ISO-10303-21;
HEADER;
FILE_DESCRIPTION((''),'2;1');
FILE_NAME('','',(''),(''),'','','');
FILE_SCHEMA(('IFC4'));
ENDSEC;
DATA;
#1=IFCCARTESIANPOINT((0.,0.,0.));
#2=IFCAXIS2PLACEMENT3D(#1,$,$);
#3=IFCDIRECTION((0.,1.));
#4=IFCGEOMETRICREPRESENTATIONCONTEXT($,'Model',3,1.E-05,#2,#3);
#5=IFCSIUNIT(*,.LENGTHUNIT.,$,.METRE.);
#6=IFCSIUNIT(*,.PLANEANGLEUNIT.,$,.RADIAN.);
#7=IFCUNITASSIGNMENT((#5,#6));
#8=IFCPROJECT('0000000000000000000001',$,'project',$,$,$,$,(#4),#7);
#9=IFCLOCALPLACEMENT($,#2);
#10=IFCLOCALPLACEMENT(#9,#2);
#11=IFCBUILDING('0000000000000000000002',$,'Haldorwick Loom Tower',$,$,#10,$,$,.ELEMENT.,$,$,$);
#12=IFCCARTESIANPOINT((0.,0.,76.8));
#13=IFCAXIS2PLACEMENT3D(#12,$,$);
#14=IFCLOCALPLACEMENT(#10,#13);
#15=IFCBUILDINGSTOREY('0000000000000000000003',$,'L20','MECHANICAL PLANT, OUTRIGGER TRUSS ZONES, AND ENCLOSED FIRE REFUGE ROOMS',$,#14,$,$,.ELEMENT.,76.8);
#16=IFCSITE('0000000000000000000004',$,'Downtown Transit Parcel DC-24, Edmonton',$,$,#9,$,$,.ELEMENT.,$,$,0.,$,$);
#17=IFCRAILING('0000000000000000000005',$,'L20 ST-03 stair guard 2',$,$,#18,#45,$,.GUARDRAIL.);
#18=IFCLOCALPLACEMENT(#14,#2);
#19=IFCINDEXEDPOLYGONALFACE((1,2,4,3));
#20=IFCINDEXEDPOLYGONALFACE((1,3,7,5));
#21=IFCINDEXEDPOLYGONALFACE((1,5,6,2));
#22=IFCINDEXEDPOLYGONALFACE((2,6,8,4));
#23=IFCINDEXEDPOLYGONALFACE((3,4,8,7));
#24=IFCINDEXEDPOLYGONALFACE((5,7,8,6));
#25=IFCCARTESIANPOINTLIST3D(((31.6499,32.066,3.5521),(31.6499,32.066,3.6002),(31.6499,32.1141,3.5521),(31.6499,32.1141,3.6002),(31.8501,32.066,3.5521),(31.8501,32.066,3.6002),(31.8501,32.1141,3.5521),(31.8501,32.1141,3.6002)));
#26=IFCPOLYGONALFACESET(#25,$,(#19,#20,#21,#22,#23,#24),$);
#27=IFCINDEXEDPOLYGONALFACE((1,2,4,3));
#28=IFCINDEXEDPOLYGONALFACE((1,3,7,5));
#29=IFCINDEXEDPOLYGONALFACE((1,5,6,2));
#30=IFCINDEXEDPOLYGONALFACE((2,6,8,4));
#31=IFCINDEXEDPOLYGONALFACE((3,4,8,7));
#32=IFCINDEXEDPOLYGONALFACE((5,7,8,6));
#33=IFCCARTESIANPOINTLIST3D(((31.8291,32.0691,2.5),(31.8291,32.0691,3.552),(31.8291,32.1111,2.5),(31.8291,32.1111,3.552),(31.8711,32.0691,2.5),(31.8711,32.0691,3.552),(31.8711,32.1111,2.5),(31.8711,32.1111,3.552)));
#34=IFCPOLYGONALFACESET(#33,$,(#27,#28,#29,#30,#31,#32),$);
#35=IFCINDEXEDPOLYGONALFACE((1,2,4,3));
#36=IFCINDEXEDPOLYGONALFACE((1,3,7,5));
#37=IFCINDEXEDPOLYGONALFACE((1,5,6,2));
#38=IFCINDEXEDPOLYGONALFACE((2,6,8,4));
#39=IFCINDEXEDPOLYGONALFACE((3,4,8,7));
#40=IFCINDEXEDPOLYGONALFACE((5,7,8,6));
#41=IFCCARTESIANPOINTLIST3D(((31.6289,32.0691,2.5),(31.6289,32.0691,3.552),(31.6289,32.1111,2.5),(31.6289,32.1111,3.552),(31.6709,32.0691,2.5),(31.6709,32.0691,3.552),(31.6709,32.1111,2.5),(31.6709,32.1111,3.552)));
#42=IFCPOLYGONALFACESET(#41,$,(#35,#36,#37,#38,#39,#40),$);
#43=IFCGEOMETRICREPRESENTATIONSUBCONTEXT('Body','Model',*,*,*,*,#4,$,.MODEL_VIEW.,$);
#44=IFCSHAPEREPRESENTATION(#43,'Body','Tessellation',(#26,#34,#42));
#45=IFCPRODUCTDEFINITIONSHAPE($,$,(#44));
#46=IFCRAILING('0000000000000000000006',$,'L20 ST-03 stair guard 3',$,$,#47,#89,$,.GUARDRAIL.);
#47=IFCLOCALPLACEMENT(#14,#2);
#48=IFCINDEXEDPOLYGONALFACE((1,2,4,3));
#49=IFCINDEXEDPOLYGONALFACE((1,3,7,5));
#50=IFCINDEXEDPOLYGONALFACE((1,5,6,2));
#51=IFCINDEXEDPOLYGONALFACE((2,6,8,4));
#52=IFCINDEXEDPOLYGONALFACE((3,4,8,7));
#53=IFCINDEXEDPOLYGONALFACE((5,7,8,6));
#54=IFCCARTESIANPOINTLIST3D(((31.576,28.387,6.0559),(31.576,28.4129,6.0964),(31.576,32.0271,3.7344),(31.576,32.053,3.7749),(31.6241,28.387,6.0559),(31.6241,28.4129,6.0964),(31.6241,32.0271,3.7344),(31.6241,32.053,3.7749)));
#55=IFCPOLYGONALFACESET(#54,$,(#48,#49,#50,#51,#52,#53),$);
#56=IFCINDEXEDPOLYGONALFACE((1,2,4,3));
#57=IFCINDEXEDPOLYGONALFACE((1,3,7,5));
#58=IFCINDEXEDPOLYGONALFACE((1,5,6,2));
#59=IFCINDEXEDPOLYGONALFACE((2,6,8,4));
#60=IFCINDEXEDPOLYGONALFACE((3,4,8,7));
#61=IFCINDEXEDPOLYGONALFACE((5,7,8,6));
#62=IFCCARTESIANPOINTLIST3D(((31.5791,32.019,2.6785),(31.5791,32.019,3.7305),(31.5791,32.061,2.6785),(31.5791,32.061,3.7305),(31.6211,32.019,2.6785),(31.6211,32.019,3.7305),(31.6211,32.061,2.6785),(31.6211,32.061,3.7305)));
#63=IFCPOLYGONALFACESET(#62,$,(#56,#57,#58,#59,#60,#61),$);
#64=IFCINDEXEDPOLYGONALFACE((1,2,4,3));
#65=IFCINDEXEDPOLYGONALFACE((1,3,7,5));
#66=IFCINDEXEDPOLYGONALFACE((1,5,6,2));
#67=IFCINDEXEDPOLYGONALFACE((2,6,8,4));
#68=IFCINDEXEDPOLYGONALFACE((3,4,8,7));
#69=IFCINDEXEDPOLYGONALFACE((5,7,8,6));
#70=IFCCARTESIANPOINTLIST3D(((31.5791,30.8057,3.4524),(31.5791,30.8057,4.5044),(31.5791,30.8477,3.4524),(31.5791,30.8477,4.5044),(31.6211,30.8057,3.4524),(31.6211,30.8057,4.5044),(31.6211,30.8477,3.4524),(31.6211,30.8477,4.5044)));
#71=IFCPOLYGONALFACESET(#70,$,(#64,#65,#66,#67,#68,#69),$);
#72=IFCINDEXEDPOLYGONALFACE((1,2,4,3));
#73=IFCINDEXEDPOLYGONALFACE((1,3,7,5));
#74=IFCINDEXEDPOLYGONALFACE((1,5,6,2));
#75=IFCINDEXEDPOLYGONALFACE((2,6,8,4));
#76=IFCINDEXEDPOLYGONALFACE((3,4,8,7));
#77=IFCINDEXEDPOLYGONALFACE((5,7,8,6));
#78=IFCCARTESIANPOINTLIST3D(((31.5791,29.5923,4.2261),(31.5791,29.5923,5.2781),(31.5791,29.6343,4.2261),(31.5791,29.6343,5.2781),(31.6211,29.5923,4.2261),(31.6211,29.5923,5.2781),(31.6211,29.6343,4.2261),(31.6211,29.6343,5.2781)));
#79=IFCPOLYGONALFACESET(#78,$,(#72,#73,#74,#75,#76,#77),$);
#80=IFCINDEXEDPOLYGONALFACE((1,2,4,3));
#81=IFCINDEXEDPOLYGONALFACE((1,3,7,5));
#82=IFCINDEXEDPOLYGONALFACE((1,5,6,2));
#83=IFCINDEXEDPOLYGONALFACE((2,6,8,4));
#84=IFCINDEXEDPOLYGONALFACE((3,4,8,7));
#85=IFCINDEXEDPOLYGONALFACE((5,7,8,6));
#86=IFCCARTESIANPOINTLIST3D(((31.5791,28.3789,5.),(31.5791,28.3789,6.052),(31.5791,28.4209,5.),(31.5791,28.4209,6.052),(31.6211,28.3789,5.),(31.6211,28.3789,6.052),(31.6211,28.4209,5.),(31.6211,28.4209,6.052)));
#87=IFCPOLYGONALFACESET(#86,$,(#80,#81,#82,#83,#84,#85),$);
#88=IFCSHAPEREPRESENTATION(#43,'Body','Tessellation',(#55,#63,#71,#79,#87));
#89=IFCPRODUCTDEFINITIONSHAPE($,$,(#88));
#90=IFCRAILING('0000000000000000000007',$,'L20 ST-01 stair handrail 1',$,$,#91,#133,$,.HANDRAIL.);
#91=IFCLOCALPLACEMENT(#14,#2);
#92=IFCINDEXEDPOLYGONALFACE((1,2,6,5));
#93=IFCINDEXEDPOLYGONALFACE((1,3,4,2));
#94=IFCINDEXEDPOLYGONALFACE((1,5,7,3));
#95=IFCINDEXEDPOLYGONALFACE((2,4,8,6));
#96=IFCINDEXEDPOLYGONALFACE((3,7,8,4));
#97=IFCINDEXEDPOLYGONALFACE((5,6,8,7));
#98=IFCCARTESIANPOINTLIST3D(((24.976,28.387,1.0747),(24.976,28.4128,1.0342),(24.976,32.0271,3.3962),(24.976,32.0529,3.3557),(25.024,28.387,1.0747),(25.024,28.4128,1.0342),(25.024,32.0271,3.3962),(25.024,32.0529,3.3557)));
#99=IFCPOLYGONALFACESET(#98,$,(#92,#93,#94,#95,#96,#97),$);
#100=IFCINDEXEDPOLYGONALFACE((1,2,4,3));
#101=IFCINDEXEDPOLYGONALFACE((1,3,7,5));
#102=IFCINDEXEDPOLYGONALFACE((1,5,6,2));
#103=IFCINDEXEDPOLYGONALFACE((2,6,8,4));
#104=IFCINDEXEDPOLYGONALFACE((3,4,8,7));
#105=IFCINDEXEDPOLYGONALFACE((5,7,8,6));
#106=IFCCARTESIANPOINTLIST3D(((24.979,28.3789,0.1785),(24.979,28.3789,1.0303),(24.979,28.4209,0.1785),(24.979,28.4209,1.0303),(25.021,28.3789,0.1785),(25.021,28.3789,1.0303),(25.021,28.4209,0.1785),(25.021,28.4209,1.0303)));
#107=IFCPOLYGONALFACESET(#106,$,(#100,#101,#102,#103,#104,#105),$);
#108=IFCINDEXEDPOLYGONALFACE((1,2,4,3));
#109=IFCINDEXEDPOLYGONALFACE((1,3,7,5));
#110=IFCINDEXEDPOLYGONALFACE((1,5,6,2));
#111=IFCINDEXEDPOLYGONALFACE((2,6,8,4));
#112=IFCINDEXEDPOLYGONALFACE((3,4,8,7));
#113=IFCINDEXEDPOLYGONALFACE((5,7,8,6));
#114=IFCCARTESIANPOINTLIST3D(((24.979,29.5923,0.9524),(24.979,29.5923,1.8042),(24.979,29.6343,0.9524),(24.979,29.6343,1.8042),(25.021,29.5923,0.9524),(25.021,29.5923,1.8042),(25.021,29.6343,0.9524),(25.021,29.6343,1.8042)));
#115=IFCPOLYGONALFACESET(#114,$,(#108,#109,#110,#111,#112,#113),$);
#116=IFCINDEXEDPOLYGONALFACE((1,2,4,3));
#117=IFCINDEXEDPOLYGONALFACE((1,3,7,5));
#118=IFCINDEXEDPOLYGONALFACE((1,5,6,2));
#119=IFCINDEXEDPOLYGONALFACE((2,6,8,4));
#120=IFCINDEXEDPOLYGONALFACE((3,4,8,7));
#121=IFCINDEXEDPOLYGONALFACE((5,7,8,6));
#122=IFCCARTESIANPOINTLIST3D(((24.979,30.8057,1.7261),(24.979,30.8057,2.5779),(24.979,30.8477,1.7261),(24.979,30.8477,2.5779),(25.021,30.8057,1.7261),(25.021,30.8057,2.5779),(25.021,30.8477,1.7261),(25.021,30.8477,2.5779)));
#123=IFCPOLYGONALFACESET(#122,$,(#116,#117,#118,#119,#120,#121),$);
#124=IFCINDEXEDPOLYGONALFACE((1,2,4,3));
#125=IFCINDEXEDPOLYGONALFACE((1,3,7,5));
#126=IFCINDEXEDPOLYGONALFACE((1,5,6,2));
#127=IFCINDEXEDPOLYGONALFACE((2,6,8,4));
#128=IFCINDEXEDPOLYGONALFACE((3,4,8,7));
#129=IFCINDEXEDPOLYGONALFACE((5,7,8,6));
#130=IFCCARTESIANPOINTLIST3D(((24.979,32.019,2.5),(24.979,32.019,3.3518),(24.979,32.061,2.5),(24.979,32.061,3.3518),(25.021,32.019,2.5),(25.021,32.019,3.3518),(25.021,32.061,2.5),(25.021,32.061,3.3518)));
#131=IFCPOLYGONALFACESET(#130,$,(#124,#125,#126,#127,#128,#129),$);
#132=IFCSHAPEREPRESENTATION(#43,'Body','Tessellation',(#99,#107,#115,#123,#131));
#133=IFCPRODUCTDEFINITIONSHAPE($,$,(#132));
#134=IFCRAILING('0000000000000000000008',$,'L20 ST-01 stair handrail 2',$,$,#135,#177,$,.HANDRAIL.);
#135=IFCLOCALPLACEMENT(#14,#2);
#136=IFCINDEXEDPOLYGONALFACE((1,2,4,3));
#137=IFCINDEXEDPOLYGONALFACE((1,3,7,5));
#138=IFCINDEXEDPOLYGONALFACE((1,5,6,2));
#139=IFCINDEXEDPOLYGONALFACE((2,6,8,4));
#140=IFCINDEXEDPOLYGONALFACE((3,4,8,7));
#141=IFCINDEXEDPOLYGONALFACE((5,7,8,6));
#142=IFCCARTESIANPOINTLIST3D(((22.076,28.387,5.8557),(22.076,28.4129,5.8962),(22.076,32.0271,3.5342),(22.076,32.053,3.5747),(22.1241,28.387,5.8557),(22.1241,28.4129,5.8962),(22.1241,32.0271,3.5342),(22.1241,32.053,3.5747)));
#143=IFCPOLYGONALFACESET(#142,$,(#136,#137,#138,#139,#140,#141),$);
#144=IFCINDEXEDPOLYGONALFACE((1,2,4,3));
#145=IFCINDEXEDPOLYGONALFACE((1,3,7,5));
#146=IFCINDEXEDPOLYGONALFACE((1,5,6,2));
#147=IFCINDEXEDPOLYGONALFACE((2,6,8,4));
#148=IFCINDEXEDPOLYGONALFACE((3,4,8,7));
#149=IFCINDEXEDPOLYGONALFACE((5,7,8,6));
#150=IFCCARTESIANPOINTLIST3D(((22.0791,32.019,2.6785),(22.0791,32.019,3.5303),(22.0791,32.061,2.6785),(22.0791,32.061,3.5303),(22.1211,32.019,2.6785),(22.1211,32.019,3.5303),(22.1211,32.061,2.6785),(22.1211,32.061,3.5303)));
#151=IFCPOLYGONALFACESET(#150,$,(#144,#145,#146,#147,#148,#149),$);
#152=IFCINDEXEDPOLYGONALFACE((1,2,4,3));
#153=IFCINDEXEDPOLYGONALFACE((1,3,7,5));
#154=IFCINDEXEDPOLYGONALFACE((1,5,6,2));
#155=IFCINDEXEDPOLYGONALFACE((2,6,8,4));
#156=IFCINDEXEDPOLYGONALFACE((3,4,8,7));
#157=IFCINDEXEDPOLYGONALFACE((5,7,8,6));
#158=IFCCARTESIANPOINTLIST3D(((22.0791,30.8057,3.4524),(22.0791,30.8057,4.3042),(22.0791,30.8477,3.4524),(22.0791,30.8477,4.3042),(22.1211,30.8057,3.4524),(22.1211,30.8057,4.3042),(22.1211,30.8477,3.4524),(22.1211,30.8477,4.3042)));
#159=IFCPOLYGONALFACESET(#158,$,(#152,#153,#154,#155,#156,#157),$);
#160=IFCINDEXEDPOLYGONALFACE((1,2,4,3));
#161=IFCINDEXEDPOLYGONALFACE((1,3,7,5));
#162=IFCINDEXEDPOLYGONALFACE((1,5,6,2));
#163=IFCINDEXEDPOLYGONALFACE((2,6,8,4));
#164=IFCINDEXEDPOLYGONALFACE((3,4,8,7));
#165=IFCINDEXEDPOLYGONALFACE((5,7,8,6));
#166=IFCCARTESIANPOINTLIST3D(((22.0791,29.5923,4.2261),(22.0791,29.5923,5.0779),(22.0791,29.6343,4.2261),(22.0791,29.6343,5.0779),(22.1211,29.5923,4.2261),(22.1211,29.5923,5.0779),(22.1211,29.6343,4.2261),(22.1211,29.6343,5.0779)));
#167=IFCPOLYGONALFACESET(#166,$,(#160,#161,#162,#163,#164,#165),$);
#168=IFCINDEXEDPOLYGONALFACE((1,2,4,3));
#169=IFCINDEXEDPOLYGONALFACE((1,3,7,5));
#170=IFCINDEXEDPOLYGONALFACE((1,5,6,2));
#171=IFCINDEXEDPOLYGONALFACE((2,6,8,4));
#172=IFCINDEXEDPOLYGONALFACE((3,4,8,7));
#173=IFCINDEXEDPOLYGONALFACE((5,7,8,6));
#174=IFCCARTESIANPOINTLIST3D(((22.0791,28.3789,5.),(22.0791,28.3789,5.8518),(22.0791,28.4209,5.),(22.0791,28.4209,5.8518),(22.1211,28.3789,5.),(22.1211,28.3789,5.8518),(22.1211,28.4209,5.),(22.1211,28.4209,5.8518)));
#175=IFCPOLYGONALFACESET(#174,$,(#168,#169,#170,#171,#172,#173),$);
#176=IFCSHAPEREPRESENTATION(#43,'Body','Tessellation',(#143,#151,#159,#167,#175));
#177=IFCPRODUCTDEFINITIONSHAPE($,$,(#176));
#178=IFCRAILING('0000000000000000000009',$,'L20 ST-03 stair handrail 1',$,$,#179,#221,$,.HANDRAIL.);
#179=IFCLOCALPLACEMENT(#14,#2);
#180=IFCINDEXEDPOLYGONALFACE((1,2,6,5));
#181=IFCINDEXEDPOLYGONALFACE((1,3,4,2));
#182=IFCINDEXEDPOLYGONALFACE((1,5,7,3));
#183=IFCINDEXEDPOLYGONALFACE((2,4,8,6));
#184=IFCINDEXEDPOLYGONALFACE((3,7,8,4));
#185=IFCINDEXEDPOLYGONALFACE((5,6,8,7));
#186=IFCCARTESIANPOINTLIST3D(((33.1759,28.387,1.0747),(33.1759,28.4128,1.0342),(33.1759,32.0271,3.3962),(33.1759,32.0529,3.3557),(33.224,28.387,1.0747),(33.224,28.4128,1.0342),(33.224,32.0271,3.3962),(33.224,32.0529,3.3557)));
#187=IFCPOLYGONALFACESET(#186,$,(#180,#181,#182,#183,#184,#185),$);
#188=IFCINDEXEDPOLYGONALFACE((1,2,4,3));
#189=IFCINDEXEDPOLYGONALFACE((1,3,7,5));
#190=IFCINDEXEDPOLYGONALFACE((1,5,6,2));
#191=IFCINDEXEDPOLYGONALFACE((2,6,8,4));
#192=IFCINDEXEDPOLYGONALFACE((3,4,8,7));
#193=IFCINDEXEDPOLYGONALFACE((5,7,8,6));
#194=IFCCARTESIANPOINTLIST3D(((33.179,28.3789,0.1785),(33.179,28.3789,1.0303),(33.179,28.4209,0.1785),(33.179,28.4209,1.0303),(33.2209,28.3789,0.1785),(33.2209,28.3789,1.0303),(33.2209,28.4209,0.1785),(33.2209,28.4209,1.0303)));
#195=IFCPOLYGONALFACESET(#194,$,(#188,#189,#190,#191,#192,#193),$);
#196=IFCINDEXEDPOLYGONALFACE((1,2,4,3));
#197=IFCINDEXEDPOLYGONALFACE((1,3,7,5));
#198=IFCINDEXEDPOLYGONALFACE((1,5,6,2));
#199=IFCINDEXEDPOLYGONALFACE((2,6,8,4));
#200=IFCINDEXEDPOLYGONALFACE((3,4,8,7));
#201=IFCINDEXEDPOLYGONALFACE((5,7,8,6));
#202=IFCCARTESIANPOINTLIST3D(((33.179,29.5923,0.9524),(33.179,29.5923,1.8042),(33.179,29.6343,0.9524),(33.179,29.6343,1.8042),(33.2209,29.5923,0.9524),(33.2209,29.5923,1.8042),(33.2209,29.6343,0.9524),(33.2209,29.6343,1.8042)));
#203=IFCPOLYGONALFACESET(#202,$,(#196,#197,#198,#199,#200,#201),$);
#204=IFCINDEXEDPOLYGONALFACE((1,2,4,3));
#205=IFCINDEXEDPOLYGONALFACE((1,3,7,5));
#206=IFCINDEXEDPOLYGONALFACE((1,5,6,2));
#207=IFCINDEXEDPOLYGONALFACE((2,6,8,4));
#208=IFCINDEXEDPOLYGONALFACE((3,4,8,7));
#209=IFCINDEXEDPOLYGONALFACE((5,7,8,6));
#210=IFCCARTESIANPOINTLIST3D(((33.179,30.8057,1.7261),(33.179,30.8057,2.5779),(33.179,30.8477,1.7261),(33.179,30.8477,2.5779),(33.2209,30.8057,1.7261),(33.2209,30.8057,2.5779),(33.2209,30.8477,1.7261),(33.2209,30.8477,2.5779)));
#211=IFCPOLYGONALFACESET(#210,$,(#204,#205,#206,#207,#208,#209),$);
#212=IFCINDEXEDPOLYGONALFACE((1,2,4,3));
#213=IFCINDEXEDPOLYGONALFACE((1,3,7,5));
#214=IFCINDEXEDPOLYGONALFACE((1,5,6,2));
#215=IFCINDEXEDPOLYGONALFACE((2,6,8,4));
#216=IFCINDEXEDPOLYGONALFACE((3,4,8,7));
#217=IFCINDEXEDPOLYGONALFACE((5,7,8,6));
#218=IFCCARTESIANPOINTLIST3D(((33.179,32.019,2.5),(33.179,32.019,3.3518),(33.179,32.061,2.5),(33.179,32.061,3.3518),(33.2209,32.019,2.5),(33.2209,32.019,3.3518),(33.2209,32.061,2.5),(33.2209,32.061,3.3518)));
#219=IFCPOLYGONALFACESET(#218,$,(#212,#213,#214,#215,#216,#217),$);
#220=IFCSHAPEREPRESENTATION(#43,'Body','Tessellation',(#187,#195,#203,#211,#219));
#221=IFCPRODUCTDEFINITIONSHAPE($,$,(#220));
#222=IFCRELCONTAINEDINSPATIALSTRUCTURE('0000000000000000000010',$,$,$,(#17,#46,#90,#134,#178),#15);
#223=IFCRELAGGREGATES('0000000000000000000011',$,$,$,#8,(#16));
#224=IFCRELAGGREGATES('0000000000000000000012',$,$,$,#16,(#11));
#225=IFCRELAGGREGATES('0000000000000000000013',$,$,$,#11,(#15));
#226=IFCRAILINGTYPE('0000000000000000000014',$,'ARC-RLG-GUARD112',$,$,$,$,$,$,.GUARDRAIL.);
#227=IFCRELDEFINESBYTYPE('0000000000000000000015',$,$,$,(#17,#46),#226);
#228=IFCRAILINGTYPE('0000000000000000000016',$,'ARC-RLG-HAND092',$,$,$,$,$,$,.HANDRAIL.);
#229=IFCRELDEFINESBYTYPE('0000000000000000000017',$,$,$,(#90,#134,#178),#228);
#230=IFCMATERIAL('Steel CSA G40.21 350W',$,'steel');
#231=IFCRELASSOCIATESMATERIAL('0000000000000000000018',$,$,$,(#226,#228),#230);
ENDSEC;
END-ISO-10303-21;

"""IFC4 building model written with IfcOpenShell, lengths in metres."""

from ifc_helpers import new_model, si_unit, direction, frame, origin, origin_2d, place, context, subcontext, project, spatial, rectangle, extrude, material, type_object, element, save


model = new_model("IFC4")

# Units and contexts
model_context = context("Model", 3, precision=1e-05, world=origin(), true_north=direction((0.0, 1.0)))
body_context = subcontext(model_context, "Body", "Model", "MODEL_VIEW")
ifc_project = project(units=[si_unit("LENGTHUNIT", "METRE"), si_unit("PLANEANGLEUNIT", "RADIAN")], contexts=[model_context])

# Site, building, storey
site_placement = place(None, origin())
site = spatial("IfcSite", under=ifc_project, at=site_placement, Name="Downtown Transit Parcel DC-24, Edmonton", CompositionType="ELEMENT", RefElevation=0.0)
building_placement = place(site_placement, origin())
building = spatial("IfcBuilding", under=site, at=building_placement, Name="Haldorwick Loom Tower", CompositionType="ELEMENT")
storey_placement = place(building_placement, frame((0.0, 0.0, 76.8)))
storey = spatial("IfcBuildingStorey", under=building, at=storey_placement, Name="L20", Description="MECHANICAL PLANT, OUTRIGGER TRUSS ZONES, AND ENCLOSED FIRE REFUGE ROOMS", CompositionType="ELEMENT", Elevation=76.8)

# Shared definitions
ifc_material_1 = material(Name="Steel CSA G40.21 350W", Category="steel")

# Railings
railing_type_1 = type_object("IfcRailingType", Name="ARC-RLG-GUARD112", PredefinedType="GUARDRAIL", material=ifc_material_1)
railing_1_placement = place(storey_placement, frame((31.8501, 32.0901, 2.5)))
element("IfcRailing", 1, at=railing_1_placement, inside=storey, type_object=railing_type_1, Name="L20 ST-03 stair guard 2", PredefinedType="GUARDRAIL", context=body_context, shape_type="SweptSolid", body=[
    extrude(rectangle(XDim=0.0481, YDim=0.0481, at=origin_2d()), frame((0.0, 0.0, 1.0762), z_axis=(-1.0, 0.0, 0.0), x_axis=(0.0, -1.0, 0.0)), (0.0, 0.0, 1.0), 0.2002),
    extrude(rectangle(XDim=0.042, YDim=0.042, at=origin_2d()), origin(), (0.0, 0.0, 1.0), 1.052),
    extrude(rectangle(XDim=0.042, YDim=0.042, at=origin_2d()), frame((-0.2002, 0.0, 0.0)), (0.0, 0.0, 1.0), 1.052),
])
railing_2_placement = place(storey_placement, frame((31.6001, 32.04, 2.6785)))
element("IfcRailing", 2, at=railing_2_placement, inside=storey, type_object=railing_type_1, Name="L20 ST-03 stair guard 3", PredefinedType="GUARDRAIL", context=body_context, shape_type="SweptSolid", body=[
    extrude(rectangle(XDim=0.0481, YDim=0.0481, at=origin_2d()), frame((0.0, 0.0, 1.0762), z_axis=(0.0, -0.843128, 0.537713), x_axis=(1.0, 0.0, 0.0)), (0.0, 0.0, 1.0), 4.3174),
    extrude(rectangle(XDim=0.042, YDim=0.042, at=origin_2d()), origin(), (0.0, 0.0, 1.0), 1.052),
    extrude(rectangle(XDim=0.042, YDim=0.042, at=origin_2d()), frame((0.0, -1.2134, 0.7739)), (0.0, 0.0, 1.0), 1.052),
    extrude(rectangle(XDim=0.042, YDim=0.042, at=origin_2d()), frame((0.0, -2.4268, 1.5476)), (0.0, 0.0, 1.0), 1.052),
    extrude(rectangle(XDim=0.042, YDim=0.042, at=origin_2d()), frame((0.0, -3.6401, 2.3215)), (0.0, 0.0, 1.0), 1.052),
])
railing_type_2 = type_object("IfcRailingType", Name="ARC-RLG-HAND092", PredefinedType="HANDRAIL", material=ifc_material_1)
railing_3_placement = place(storey_placement, frame((25.0, 28.3999, 0.1785)))
element("IfcRailing", 3, at=railing_3_placement, inside=storey, type_object=railing_type_2, Name="L20 ST-01 stair handrail 1", PredefinedType="HANDRAIL", context=body_context, shape_type="SweptSolid", body=[
    extrude(rectangle(XDim=0.0481, YDim=0.0481, at=origin_2d()), frame((0.0, 0.0, 0.876), z_axis=(0.0, 0.843128, 0.537713), x_axis=(-1.0, 0.0, 0.0)), (0.0, 0.0, 1.0), 4.3174),
    extrude(rectangle(XDim=0.042, YDim=0.042, at=origin_2d()), origin(), (0.0, 0.0, 1.0), 0.8518),
    extrude(rectangle(XDim=0.042, YDim=0.042, at=origin_2d()), frame((0.0, 1.2134, 0.7739)), (0.0, 0.0, 1.0), 0.8518),
    extrude(rectangle(XDim=0.042, YDim=0.042, at=origin_2d()), frame((0.0, 2.4268, 1.5476)), (0.0, 0.0, 1.0), 0.8518),
    extrude(rectangle(XDim=0.042, YDim=0.042, at=origin_2d()), frame((0.0, 3.6401, 2.3215)), (0.0, 0.0, 1.0), 0.8518),
])
railing_4_placement = place(storey_placement, frame((22.1001, 32.04, 2.6785)))
element("IfcRailing", 4, at=railing_4_placement, inside=storey, type_object=railing_type_2, Name="L20 ST-01 stair handrail 2", PredefinedType="HANDRAIL", context=body_context, shape_type="SweptSolid", body=[
    extrude(rectangle(XDim=0.0481, YDim=0.0481, at=origin_2d()), frame((0.0, 0.0, 0.876), z_axis=(0.0, -0.843128, 0.537713), x_axis=(1.0, 0.0, 0.0)), (0.0, 0.0, 1.0), 4.3174),
    extrude(rectangle(XDim=0.042, YDim=0.042, at=origin_2d()), origin(), (0.0, 0.0, 1.0), 0.8518),
    extrude(rectangle(XDim=0.042, YDim=0.042, at=origin_2d()), frame((0.0, -1.2134, 0.7739)), (0.0, 0.0, 1.0), 0.8518),
    extrude(rectangle(XDim=0.042, YDim=0.042, at=origin_2d()), frame((0.0, -2.4268, 1.5476)), (0.0, 0.0, 1.0), 0.8518),
    extrude(rectangle(XDim=0.042, YDim=0.042, at=origin_2d()), frame((0.0, -3.6401, 2.3215)), (0.0, 0.0, 1.0), 0.8518),
])
railing_5_placement = place(storey_placement, frame((33.2, 28.3999, 0.1785)))
element("IfcRailing", 5, at=railing_5_placement, inside=storey, type_object=railing_type_2, Name="L20 ST-03 stair handrail 1", PredefinedType="HANDRAIL", context=body_context, shape_type="SweptSolid", body=[
    extrude(rectangle(XDim=0.0481, YDim=0.0481, at=origin_2d()), frame((0.0, 0.0, 0.876), z_axis=(0.0, 0.843128, 0.537713), x_axis=(-1.0, 0.0, 0.0)), (0.0, 0.0, 1.0), 4.3174),
    extrude(rectangle(XDim=0.042, YDim=0.042, at=origin_2d()), origin(), (0.0, 0.0, 1.0), 0.8518),
    extrude(rectangle(XDim=0.042, YDim=0.042, at=origin_2d()), frame((0.0, 1.2134, 0.7739)), (0.0, 0.0, 1.0), 0.8518),
    extrude(rectangle(XDim=0.042, YDim=0.042, at=origin_2d()), frame((0.0, 2.4268, 1.5476)), (0.0, 0.0, 1.0), 0.8518),
    extrude(rectangle(XDim=0.042, YDim=0.042, at=origin_2d()), frame((0.0, 3.6401, 2.3215)), (0.0, 0.0, 1.0), 0.8518),
])

save(model, "model.ifc")
